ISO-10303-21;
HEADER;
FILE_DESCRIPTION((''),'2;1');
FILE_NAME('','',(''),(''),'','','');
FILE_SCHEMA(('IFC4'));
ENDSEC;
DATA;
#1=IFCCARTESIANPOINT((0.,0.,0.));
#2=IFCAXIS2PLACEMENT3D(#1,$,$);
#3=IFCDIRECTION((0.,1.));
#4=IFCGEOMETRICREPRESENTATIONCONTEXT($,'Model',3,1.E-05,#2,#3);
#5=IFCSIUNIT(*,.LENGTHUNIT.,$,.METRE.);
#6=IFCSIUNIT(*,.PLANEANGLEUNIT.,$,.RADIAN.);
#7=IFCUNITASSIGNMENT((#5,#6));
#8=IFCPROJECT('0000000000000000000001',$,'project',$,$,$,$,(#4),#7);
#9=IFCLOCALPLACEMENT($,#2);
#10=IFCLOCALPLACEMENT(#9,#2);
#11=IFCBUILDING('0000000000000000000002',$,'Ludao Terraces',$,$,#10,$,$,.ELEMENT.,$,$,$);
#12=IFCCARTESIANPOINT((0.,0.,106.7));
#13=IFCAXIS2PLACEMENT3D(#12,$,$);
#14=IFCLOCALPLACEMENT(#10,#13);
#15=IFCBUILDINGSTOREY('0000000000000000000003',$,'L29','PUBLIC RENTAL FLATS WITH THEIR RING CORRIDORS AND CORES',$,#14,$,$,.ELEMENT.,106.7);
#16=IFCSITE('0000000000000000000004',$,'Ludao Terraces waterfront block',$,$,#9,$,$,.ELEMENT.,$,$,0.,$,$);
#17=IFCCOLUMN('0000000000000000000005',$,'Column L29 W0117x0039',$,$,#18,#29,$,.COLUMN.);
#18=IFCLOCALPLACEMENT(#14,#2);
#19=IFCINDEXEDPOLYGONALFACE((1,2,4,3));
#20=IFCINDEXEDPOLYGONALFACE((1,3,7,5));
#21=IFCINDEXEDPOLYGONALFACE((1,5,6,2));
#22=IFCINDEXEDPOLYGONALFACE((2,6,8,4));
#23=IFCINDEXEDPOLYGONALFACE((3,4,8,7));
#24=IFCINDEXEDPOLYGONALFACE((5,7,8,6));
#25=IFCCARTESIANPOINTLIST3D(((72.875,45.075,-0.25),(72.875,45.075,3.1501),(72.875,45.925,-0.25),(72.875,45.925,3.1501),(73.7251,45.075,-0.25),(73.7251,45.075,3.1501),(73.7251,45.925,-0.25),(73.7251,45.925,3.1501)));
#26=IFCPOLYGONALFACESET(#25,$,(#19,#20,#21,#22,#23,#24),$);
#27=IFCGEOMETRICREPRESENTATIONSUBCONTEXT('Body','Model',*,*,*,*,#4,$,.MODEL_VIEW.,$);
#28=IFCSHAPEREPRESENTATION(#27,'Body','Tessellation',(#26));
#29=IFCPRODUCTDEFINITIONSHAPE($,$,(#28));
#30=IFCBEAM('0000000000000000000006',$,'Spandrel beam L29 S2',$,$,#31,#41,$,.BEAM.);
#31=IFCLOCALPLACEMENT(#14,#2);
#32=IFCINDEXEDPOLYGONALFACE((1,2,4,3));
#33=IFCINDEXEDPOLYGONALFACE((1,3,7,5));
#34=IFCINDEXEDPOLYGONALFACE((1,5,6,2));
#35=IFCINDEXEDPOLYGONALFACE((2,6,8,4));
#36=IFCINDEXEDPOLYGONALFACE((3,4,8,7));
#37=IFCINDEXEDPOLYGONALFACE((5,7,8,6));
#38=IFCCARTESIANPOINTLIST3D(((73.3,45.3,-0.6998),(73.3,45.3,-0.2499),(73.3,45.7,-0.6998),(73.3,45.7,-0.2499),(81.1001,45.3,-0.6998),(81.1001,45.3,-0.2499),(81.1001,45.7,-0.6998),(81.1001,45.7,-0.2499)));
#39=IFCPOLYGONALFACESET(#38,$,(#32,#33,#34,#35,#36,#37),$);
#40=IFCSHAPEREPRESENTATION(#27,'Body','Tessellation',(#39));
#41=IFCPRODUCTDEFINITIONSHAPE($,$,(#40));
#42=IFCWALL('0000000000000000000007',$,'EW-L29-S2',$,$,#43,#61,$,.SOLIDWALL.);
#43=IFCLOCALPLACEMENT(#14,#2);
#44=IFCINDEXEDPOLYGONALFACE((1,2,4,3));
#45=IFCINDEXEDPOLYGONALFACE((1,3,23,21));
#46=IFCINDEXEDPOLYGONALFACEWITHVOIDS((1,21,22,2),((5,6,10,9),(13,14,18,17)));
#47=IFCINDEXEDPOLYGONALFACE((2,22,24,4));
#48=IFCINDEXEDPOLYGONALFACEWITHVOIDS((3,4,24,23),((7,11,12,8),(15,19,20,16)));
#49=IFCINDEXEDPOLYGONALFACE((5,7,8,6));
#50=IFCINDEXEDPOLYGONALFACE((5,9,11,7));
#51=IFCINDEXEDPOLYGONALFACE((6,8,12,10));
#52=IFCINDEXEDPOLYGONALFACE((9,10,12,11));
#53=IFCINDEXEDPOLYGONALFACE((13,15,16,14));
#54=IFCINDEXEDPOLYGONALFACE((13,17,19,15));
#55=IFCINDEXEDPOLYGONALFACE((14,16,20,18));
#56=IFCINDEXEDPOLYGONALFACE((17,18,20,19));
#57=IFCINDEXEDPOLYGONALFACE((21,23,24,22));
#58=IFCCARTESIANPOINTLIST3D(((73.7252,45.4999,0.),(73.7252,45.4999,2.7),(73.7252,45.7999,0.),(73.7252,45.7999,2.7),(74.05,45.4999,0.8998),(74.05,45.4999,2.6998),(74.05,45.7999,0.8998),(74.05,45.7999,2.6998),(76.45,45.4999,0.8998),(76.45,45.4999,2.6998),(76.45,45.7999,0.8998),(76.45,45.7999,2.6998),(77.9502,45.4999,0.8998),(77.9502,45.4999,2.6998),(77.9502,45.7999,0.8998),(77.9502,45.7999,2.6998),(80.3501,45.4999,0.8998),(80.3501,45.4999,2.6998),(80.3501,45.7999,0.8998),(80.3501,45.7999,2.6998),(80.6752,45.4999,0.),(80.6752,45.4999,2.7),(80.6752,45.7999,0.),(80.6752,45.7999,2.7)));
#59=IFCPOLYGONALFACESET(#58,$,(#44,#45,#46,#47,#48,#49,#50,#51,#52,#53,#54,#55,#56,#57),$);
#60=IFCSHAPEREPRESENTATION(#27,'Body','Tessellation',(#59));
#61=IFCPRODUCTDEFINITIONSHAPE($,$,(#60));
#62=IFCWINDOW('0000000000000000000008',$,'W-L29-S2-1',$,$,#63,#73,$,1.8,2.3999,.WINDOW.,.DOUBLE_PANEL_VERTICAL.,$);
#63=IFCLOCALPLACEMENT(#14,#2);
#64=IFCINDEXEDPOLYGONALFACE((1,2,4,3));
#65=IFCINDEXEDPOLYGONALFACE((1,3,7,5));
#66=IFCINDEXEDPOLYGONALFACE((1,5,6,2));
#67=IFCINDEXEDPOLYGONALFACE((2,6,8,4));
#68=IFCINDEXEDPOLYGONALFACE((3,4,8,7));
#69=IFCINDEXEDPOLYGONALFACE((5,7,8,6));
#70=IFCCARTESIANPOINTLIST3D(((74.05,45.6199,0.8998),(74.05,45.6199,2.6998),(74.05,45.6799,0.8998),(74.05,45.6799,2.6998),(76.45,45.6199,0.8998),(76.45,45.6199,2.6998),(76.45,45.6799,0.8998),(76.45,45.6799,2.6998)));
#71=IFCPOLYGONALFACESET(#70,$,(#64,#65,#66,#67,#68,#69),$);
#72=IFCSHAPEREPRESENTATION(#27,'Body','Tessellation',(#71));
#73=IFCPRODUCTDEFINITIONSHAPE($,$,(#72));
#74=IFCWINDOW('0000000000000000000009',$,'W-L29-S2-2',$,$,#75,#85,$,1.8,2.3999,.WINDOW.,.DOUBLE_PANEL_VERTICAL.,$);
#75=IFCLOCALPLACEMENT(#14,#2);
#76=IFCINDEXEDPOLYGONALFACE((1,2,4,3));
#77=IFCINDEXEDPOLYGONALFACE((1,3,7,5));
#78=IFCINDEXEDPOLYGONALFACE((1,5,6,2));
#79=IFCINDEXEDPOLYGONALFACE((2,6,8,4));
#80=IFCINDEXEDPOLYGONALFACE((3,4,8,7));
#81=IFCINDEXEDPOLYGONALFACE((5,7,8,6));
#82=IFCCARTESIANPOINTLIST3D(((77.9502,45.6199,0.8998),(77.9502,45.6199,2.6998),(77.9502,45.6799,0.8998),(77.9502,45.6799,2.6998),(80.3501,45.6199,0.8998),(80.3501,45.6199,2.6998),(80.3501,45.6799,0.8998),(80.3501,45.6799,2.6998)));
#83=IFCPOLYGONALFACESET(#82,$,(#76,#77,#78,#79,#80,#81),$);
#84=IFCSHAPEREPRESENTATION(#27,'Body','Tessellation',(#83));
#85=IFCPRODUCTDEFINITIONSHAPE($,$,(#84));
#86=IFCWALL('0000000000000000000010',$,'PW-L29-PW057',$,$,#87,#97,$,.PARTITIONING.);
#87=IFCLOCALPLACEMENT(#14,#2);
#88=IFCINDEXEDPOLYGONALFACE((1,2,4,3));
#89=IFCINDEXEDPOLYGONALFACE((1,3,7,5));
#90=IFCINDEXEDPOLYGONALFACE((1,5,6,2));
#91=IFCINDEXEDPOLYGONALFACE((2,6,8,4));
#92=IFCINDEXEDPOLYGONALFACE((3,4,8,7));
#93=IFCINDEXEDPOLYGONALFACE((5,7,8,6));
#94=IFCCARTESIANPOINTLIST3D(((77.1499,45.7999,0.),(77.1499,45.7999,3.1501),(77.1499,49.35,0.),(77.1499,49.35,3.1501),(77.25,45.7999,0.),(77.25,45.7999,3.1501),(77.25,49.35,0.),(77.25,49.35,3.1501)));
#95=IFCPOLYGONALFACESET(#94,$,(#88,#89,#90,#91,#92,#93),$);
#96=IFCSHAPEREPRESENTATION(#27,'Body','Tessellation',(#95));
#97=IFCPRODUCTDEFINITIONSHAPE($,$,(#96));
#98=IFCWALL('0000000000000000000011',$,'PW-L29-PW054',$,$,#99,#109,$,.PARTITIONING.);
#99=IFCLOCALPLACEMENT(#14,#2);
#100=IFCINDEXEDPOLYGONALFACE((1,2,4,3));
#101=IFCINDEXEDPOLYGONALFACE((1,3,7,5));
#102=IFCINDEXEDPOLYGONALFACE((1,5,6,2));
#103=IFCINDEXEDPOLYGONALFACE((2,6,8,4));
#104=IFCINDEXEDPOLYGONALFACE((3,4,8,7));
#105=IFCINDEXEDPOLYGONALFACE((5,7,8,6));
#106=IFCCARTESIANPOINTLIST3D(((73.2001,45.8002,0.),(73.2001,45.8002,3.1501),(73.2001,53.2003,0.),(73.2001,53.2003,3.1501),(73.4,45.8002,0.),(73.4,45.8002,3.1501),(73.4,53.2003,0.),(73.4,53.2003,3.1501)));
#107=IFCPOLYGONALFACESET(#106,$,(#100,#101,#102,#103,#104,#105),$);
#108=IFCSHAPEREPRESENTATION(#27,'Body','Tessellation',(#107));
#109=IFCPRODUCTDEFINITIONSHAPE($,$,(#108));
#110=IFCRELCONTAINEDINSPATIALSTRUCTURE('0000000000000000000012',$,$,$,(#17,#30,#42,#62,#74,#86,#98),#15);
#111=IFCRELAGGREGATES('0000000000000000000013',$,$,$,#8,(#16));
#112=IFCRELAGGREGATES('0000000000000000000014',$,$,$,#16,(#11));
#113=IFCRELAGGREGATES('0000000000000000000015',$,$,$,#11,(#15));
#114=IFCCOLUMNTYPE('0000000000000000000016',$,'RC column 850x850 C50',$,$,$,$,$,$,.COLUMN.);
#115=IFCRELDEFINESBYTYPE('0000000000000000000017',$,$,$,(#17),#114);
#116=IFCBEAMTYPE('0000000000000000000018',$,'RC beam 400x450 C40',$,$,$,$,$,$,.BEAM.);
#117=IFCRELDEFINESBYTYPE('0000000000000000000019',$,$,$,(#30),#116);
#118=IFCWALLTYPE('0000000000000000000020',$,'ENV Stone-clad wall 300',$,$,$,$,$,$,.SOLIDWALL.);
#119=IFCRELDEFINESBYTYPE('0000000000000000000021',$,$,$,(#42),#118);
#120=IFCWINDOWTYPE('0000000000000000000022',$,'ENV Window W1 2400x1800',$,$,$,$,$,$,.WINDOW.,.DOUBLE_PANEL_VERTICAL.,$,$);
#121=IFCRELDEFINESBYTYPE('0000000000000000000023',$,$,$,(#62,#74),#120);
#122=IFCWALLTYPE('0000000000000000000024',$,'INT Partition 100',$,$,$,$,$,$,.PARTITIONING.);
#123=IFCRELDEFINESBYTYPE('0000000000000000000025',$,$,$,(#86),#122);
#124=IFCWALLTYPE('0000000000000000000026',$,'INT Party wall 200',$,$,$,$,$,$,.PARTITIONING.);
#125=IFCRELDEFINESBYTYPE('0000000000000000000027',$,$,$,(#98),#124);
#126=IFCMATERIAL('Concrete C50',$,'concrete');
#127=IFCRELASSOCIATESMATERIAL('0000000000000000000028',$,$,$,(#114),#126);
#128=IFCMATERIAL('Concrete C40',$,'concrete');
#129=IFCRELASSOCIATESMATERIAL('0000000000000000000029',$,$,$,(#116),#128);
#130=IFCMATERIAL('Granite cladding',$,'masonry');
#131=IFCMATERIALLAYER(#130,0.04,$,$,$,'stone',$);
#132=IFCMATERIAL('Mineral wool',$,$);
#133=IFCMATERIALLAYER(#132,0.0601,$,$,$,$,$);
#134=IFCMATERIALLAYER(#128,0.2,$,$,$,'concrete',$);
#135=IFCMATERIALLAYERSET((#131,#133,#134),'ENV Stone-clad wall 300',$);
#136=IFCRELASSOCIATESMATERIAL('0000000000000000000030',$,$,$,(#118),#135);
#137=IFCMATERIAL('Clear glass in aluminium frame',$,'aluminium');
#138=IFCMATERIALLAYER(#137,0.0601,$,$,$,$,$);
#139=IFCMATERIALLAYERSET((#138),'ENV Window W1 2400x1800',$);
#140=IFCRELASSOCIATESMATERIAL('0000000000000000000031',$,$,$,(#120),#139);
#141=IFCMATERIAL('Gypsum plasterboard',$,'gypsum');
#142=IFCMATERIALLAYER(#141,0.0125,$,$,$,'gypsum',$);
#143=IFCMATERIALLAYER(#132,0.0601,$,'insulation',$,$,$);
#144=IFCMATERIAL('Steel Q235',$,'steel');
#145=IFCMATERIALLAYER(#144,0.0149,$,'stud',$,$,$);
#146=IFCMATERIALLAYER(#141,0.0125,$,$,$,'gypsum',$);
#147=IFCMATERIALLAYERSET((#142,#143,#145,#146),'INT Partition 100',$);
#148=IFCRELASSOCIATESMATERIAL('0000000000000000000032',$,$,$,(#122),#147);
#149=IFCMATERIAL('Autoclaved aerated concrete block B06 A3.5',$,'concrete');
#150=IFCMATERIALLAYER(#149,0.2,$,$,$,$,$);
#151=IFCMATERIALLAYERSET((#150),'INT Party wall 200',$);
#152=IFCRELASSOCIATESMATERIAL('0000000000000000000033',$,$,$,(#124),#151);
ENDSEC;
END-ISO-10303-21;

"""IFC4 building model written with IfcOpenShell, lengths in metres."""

from ifc_helpers import new_model, si_unit, direction, frame, frame_2d, origin, origin_2d, place, context, subcontext, project, spatial, rectangle, extrude, material, layer, layer_set, material_profile, profile_set, type_object, element, fill, save


model = new_model("IFC4")

# Units and contexts
model_context = context("Model", 3, precision=1e-05, world=origin(), true_north=direction((0.0, 1.0)))
body_context = subcontext(model_context, "Body", "Model", "MODEL_VIEW")
ifc_project = project(units=[si_unit("LENGTHUNIT", "METRE"), si_unit("PLANEANGLEUNIT", "RADIAN")], contexts=[model_context])

# Site, building, storey
site_placement = place(None, origin())
site = spatial("IfcSite", under=ifc_project, at=site_placement, Name="Ludao Terraces waterfront block", CompositionType="ELEMENT", RefElevation=0.0)
building_placement = place(site_placement, origin())
building = spatial("IfcBuilding", under=site, at=building_placement, Name="Ludao Terraces", CompositionType="ELEMENT")
storey_placement = place(building_placement, frame((0.0, 0.0, 106.7)))
storey = spatial("IfcBuildingStorey", under=building, at=storey_placement, Name="L29", Description="PUBLIC RENTAL FLATS WITH THEIR RING CORRIDORS AND CORES", CompositionType="ELEMENT", Elevation=106.7)

# Column
ifc_material_1 = material(Name="Concrete C50", Category="concrete")
ifc_material_profile_1 = material_profile(ifc_material_1, rectangle(XDim=0.8501, YDim=0.8501, at=origin_2d()), Name="850 X 850")
ifc_profile_set_1 = profile_set([ifc_material_profile_1], Name="Concrete C50")
column_type = type_object("IfcColumnType", Name="RC column 850x850 C50", PredefinedType="COLUMN", material=ifc_profile_set_1)
column_placement = place(storey_placement, frame((73.3, 45.5, -0.25), z_axis=(0.0, 0.0, 1.0), x_axis=(1.0, 0.0, 0.0)))
element("IfcColumn", 1, at=column_placement, inside=storey, type_object=column_type, Name="Column L29 W0117x0039", PredefinedType="COLUMN", context=body_context, shape_type="SweptSolid", body=[
    extrude(rectangle(XDim=0.8501, YDim=0.8501, at=origin_2d()), origin(), (0.0, 0.0, 1.0), 3.4001),
])

# Beam
ifc_material_2 = material(Name="Concrete C40", Category="concrete")
ifc_material_profile_2 = material_profile(ifc_material_2, rectangle(XDim=0.3999, YDim=0.45, at=origin_2d()), Name="400 X 450")
ifc_profile_set_2 = profile_set([ifc_material_profile_2], Name="Concrete C40")
beam_type = type_object("IfcBeamType", Name="RC beam 400x450 C40", PredefinedType="BEAM", material=ifc_profile_set_2)
beam_placement = place(storey_placement, frame((73.3, 45.5, -0.4749), z_axis=(1.0, 0.0, 0.0), x_axis=(0.0, 1.0, 0.0)))
element("IfcBeam", 2, at=beam_placement, inside=storey, type_object=beam_type, Name="Spandrel beam L29 S2", PredefinedType="BEAM", context=body_context, shape_type="SweptSolid", body=[
    extrude(rectangle(XDim=0.3999, YDim=0.45, at=origin_2d()), origin(), (0.0, 0.0, 1.0), 7.8),
])

# Wall, openings, windows
ifc_material_3 = material(Name="Granite cladding", Category="masonry")
ifc_layer_1 = layer(ifc_material_3, 0.04, Category="stone")
ifc_material_4 = material(Name="Mineral wool")
ifc_layer_2 = layer(ifc_material_4, 0.0601)
ifc_layer_3 = layer(ifc_material_2, 0.2, Category="concrete")
ifc_layer_set_1 = layer_set([ifc_layer_1, ifc_layer_2, ifc_layer_3], Name="ENV Stone-clad wall 300")
wall_type_1 = type_object("IfcWallType", Name="ENV Stone-clad wall 300", PredefinedType="SOLIDWALL", material=ifc_layer_set_1)
wall_1_placement = place(storey_placement, frame((73.7251, 45.6499, 0.0), z_axis=(0.0, 0.0, 1.0), x_axis=(1.0, 0.0, 0.0)))
wall_1 = element("IfcWall", 3, at=wall_1_placement, inside=storey, type_object=wall_type_1, Name="EW-L29-S2", PredefinedType="SOLIDWALL", context=body_context, shape_type="SweptSolid", body=[
    extrude(rectangle(XDim=6.95, YDim=0.3, at=frame_2d((3.4751, 0.0))), origin(), (0.0, 0.0, 1.0), 2.7),
])
opening_1_placement = place(wall_1_placement, frame((0.325, 0.0, 0.8999)))
opening_1 = element("IfcOpeningElement", 4, at=opening_1_placement, cuts=wall_1, PredefinedType="OPENING", context=body_context, shape_type="SweptSolid", body=[
    extrude(rectangle(XDim=2.3999, YDim=1.8, at=frame_2d((1.2, 0.8999))), frame((0.0, 0.1602, 0.0), z_axis=(0.0, -1.0, 0.0), x_axis=(1.0, 0.0, 0.0)), (0.0, 0.0, 1.0), 0.3201),
])
opening_2_placement = place(wall_1_placement, frame((4.2251, 0.0, 0.8999)))
opening_2 = element("IfcOpeningElement", 5, at=opening_2_placement, cuts=wall_1, PredefinedType="OPENING", context=body_context, shape_type="SweptSolid", body=[
    extrude(rectangle(XDim=2.3999, YDim=1.8, at=frame_2d((1.2, 0.8999))), frame((0.0, 0.1602, 0.0), z_axis=(0.0, -1.0, 0.0), x_axis=(1.0, 0.0, 0.0)), (0.0, 0.0, 1.0), 0.3201),
])
ifc_material_5 = material(Name="Clear glass in aluminium frame", Category="aluminium")
ifc_layer_4 = layer(ifc_material_5, 0.0601)
ifc_layer_set_2 = layer_set([ifc_layer_4], Name="ENV Window W1 2400x1800")
window_type = type_object("IfcWindowType", Name="ENV Window W1 2400x1800", PartitioningType="DOUBLE_PANEL_VERTICAL", PredefinedType="WINDOW", material=ifc_layer_set_2)
window_1_placement = place(opening_1_placement, origin())
window_1 = element("IfcWindow", 6, at=window_1_placement, inside=storey, type_object=window_type, Name="W-L29-S2-1", OverallHeight=1.8, OverallWidth=2.3999, PartitioningType="DOUBLE_PANEL_VERTICAL", PredefinedType="WINDOW", context=body_context, shape_type="SweptSolid", body=[
    extrude(rectangle(XDim=2.3999, YDim=1.8, at=frame_2d((1.2, 0.8999))), frame((0.0, 0.03, 0.0), z_axis=(0.0, -1.0, 0.0), x_axis=(1.0, 0.0, 0.0)), (0.0, 0.0, 1.0), 0.0601),
])
fill(opening_1, window_1)
window_2_placement = place(opening_2_placement, origin())
window_2 = element("IfcWindow", 7, at=window_2_placement, inside=storey, type_object=window_type, Name="W-L29-S2-2", OverallHeight=1.8, OverallWidth=2.3999, PartitioningType="DOUBLE_PANEL_VERTICAL", PredefinedType="WINDOW", context=body_context, shape_type="SweptSolid", body=[
    extrude(rectangle(XDim=2.3999, YDim=1.8, at=frame_2d((1.2, 0.8999))), frame((0.0, 0.03, 0.0), z_axis=(0.0, -1.0, 0.0), x_axis=(1.0, 0.0, 0.0)), (0.0, 0.0, 1.0), 0.0601),
])
fill(opening_2, window_2)

# Walls
ifc_material_6 = material(Name="Gypsum plasterboard", Category="gypsum")
ifc_layer_5 = layer(ifc_material_6, 0.0125, Category="gypsum")
ifc_layer_6 = layer(ifc_material_4, 0.0601, Name="insulation")
ifc_material_7 = material(Name="Steel Q235", Category="steel")
ifc_layer_7 = layer(ifc_material_7, 0.0149, Name="stud")
ifc_layer_8 = layer(ifc_material_6, 0.0125, Category="gypsum")
ifc_layer_set_3 = layer_set([ifc_layer_5, ifc_layer_6, ifc_layer_7, ifc_layer_8], Name="INT Partition 100")
wall_type_2 = type_object("IfcWallType", Name="INT Partition 100", PredefinedType="PARTITIONING", material=ifc_layer_set_3)
wall_2_placement = place(storey_placement, frame((77.2, 45.8, 0.0), z_axis=(0.0, 0.0, 1.0), x_axis=(0.0, 1.0, 0.0)))
element("IfcWall", 8, at=wall_2_placement, inside=storey, type_object=wall_type_2, Name="PW-L29-PW057", PredefinedType="PARTITIONING", context=body_context, shape_type="SweptSolid", body=[
    extrude(rectangle(XDim=3.55, YDim=0.1001, at=frame_2d((1.7749, 0.0))), origin(), (0.0, 0.0, 1.0), 3.1501),
])
ifc_material_8 = material(Name="Autoclaved aerated concrete block B06 A3.5", Category="concrete")
ifc_layer_9 = layer(ifc_material_8, 0.2)
ifc_layer_set_4 = layer_set([ifc_layer_9], Name="INT Party wall 200")
wall_type_3 = type_object("IfcWallType", Name="INT Party wall 200", PredefinedType="PARTITIONING", material=ifc_layer_set_4)
wall_3_placement = place(storey_placement, frame((73.3, 45.8, 0.0), z_axis=(0.0, 0.0, 1.0), x_axis=(0.0, 1.0, 0.0)))
element("IfcWall", 9, at=wall_3_placement, inside=storey, type_object=wall_type_3, Name="PW-L29-PW054", PredefinedType="PARTITIONING", context=body_context, shape_type="SweptSolid", body=[
    extrude(rectangle(XDim=7.4001, YDim=0.2, at=frame_2d((3.7002, 0.0))), origin(), (0.0, 0.0, 1.0), 3.1501),
])

save(model, "model.ifc")
